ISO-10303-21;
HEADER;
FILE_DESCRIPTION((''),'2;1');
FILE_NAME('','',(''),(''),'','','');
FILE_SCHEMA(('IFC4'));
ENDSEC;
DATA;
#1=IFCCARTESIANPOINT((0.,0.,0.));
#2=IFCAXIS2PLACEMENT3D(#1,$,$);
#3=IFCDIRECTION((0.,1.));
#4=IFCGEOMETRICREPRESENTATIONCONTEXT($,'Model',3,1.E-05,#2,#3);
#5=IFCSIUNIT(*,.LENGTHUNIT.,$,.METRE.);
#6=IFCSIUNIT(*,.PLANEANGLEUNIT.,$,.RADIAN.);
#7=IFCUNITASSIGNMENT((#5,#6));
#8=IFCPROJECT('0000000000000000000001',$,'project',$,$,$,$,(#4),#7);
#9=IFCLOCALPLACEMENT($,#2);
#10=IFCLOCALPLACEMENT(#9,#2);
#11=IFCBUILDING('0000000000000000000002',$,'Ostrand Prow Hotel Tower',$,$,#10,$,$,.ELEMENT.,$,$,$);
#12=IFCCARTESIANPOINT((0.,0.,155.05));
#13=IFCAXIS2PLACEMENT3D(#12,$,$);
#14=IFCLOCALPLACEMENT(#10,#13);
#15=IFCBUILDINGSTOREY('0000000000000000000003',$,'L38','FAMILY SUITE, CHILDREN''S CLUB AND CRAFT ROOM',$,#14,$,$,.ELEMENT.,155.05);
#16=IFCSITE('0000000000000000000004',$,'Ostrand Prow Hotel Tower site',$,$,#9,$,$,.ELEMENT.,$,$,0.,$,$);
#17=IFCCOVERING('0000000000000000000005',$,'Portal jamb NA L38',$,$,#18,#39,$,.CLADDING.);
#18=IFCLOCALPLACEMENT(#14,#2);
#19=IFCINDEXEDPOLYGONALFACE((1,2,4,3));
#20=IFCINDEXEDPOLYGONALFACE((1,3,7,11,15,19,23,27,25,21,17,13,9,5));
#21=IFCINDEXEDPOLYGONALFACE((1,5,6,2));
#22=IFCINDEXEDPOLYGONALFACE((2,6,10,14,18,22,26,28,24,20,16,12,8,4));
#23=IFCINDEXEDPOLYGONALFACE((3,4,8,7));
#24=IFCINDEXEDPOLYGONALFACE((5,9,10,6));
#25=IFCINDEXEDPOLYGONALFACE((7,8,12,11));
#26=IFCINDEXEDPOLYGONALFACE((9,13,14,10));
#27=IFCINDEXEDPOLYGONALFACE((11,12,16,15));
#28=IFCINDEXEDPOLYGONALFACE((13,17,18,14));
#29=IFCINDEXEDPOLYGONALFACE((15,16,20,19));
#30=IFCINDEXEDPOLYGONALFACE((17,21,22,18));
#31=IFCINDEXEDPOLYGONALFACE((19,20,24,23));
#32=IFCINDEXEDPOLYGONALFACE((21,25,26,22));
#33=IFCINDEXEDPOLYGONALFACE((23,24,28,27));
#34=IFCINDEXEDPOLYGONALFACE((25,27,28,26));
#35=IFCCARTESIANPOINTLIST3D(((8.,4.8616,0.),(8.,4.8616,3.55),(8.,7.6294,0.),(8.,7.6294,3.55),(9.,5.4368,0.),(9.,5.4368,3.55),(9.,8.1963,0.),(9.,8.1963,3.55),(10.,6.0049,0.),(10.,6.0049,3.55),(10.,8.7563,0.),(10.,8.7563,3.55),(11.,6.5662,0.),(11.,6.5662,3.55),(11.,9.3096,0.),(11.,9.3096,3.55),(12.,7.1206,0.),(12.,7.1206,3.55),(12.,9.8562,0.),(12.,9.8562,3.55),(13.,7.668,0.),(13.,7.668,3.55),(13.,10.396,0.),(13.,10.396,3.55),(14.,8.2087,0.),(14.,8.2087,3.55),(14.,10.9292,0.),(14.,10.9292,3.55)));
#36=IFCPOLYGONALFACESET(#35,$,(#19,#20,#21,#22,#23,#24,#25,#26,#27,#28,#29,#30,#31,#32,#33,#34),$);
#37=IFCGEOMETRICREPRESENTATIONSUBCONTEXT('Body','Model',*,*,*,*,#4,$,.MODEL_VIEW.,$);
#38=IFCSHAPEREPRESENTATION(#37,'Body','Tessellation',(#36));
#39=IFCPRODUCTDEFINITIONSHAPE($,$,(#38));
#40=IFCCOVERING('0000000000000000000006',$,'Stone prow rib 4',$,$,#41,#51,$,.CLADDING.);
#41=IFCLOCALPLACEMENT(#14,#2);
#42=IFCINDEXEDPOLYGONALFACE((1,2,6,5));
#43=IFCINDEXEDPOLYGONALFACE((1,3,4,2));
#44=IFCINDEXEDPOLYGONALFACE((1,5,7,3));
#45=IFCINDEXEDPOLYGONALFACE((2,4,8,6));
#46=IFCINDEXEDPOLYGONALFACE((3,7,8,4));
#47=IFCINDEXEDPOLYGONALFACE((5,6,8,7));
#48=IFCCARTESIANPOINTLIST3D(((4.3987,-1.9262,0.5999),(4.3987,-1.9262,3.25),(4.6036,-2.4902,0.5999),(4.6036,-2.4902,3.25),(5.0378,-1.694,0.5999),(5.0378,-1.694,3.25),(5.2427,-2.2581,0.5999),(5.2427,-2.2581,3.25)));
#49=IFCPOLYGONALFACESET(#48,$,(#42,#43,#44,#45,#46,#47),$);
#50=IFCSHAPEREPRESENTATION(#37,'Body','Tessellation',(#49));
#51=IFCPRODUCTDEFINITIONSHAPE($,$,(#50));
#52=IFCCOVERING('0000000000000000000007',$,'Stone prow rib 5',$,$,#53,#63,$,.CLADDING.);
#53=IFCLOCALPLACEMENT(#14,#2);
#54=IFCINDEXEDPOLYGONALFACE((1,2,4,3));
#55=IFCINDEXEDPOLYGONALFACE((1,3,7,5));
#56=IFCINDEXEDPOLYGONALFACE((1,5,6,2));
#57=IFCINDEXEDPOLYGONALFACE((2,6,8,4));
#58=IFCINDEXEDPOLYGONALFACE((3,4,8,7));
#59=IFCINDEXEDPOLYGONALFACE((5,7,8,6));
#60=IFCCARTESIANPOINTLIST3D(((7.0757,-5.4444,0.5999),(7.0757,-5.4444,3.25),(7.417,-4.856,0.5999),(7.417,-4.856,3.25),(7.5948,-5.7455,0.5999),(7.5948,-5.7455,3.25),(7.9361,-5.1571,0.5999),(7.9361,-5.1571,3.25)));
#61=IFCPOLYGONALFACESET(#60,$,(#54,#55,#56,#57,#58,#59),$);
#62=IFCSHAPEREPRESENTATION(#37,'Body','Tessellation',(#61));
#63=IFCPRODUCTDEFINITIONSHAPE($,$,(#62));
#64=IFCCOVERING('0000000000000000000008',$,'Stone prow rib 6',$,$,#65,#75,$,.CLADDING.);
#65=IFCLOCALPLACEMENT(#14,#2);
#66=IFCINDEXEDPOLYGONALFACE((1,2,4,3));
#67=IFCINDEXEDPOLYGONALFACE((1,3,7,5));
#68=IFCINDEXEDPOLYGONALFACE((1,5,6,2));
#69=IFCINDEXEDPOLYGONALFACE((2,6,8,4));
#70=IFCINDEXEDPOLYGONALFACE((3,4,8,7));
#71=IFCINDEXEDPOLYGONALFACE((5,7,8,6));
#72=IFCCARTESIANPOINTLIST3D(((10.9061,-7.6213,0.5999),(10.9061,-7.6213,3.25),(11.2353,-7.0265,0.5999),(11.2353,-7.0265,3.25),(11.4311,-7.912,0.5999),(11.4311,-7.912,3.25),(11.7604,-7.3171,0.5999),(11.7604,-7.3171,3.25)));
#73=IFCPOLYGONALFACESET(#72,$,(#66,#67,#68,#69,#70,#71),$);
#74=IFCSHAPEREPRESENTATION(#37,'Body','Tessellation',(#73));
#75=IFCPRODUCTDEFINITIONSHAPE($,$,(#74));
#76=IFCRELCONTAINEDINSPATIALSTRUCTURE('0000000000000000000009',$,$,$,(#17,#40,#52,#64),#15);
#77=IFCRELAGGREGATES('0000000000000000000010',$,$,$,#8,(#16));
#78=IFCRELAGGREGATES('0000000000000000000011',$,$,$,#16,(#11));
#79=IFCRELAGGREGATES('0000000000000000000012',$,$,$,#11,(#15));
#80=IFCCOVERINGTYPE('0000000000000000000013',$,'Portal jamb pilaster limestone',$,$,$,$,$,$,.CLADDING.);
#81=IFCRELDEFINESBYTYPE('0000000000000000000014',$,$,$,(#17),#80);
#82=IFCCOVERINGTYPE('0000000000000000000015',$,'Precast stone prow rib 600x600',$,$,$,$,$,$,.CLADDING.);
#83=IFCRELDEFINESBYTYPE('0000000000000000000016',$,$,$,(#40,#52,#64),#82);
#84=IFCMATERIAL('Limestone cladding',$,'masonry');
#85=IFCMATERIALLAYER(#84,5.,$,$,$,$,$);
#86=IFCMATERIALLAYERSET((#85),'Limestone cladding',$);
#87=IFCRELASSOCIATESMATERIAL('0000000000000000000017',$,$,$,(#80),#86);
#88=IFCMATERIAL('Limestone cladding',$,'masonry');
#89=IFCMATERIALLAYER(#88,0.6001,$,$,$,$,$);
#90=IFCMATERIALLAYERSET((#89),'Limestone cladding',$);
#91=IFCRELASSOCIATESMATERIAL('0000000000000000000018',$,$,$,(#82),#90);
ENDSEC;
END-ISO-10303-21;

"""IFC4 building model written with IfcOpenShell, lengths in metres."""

from ifc_helpers import new_model, si_unit, direction, frame, frame_2d, origin, place, context, subcontext, project, spatial, polyline, rectangle, outline, extrude, material, layer, layer_set, type_object, element, save


model = new_model("IFC4")

# Units and contexts
model_context = context("Model", 3, precision=1e-05, world=origin(), true_north=direction((0.0, 1.0)))
body_context = subcontext(model_context, "Body", "Model", "MODEL_VIEW")
ifc_project = project(units=[si_unit("LENGTHUNIT", "METRE"), si_unit("PLANEANGLEUNIT", "RADIAN")], contexts=[model_context])

# Site, building, storey
site_placement = place(None, origin())
site = spatial("IfcSite", under=ifc_project, at=site_placement, Name="Ostrand Prow Hotel Tower site", CompositionType="ELEMENT", RefElevation=0.0)
building_placement = place(site_placement, origin())
building = spatial("IfcBuilding", under=site, at=building_placement, Name="Ostrand Prow Hotel Tower", CompositionType="ELEMENT")
storey_placement = place(building_placement, frame((0.0, 0.0, 155.05)))
storey = spatial("IfcBuildingStorey", under=building, at=storey_placement, Name="L38", Description="FAMILY SUITE, CHILDREN'S CLUB AND CRAFT ROOM", CompositionType="ELEMENT", Elevation=155.05)

# Coverings
ifc_material_1 = material(Name="Limestone cladding", Category="masonry")
ifc_layer_1 = layer(ifc_material_1, 5.0)
ifc_layer_set_1 = layer_set([ifc_layer_1], Name="Limestone cladding")
covering_type_1 = type_object("IfcCoveringType", Name="Portal jamb pilaster limestone", PredefinedType="CLADDING", material=ifc_layer_set_1)
covering_1_placement = place(storey_placement, origin())
element("IfcCovering", 1, at=covering_1_placement, inside=storey, type_object=covering_type_1, Name="Portal jamb NA L38", PredefinedType="CLADDING", context=body_context, shape_type="SweptSolid", body=[
    extrude(outline(polyline([(8.0, 4.8616), (9.0, 5.4368), (10.0, 6.0049), (11.0, 6.5662), (12.0, 7.1206), (13.0, 7.668), (14.0, 8.2087), (14.0, 10.9292), (13.0, 10.396), (12.0, 9.8562), (11.0, 9.3096), (10.0, 8.7563), (9.0, 8.1963), (8.0, 7.6294), (8.0, 4.8616)])), origin(), (0.0, 0.0, 1.0), 3.55),
])
ifc_material_2 = material(Name="Limestone cladding", Category="masonry")
ifc_layer_2 = layer(ifc_material_2, 0.6001)
ifc_layer_set_2 = layer_set([ifc_layer_2], Name="Limestone cladding")
covering_type_2 = type_object("IfcCoveringType", Name="Precast stone prow rib 600x600", PredefinedType="CLADDING", material=ifc_layer_set_2)
covering_2_placement = place(storey_placement, frame((5.1401, -1.9761, 0.5999), z_axis=(0.0, 0.0, 1.0), x_axis=(-0.939909, -0.341426, 0.0)))
element("IfcCovering", 2, at=covering_2_placement, inside=storey, type_object=covering_type_2, Name="Stone prow rib 4", PredefinedType="CLADDING", context=body_context, shape_type="SweptSolid", body=[
    extrude(rectangle(XDim=0.6799, YDim=0.6001, at=frame_2d((0.3398, 0.0))), origin(), (0.0, 0.0, 1.0), 2.6501),
])
covering_3_placement = place(storey_placement, frame((7.6765, -5.0066, 0.5999), z_axis=(0.0, 0.0, 1.0), x_axis=(-0.501772, -0.865, 0.0)))
element("IfcCovering", 3, at=covering_3_placement, inside=storey, type_object=covering_type_2, Name="Stone prow rib 5", PredefinedType="CLADDING", context=body_context, shape_type="SweptSolid", body=[
    extrude(rectangle(XDim=0.6802, YDim=0.6001, at=frame_2d((0.3401, 0.0))), origin(), (0.0, 0.0, 1.0), 2.6501),
])
covering_4_placement = place(storey_placement, frame((11.4978, -7.1719, 0.5999), z_axis=(0.0, 0.0, 1.0), x_axis=(-0.484301, -0.874901, 0.0)))
element("IfcCovering", 4, at=covering_4_placement, inside=storey, type_object=covering_type_2, Name="Stone prow rib 6", PredefinedType="CLADDING", context=body_context, shape_type="SweptSolid", body=[
    extrude(rectangle(XDim=0.6799, YDim=0.6001, at=frame_2d((0.3398, 0.0))), origin(), (0.0, 0.0, 1.0), 2.6501),
])

save(model, "model.ifc")
